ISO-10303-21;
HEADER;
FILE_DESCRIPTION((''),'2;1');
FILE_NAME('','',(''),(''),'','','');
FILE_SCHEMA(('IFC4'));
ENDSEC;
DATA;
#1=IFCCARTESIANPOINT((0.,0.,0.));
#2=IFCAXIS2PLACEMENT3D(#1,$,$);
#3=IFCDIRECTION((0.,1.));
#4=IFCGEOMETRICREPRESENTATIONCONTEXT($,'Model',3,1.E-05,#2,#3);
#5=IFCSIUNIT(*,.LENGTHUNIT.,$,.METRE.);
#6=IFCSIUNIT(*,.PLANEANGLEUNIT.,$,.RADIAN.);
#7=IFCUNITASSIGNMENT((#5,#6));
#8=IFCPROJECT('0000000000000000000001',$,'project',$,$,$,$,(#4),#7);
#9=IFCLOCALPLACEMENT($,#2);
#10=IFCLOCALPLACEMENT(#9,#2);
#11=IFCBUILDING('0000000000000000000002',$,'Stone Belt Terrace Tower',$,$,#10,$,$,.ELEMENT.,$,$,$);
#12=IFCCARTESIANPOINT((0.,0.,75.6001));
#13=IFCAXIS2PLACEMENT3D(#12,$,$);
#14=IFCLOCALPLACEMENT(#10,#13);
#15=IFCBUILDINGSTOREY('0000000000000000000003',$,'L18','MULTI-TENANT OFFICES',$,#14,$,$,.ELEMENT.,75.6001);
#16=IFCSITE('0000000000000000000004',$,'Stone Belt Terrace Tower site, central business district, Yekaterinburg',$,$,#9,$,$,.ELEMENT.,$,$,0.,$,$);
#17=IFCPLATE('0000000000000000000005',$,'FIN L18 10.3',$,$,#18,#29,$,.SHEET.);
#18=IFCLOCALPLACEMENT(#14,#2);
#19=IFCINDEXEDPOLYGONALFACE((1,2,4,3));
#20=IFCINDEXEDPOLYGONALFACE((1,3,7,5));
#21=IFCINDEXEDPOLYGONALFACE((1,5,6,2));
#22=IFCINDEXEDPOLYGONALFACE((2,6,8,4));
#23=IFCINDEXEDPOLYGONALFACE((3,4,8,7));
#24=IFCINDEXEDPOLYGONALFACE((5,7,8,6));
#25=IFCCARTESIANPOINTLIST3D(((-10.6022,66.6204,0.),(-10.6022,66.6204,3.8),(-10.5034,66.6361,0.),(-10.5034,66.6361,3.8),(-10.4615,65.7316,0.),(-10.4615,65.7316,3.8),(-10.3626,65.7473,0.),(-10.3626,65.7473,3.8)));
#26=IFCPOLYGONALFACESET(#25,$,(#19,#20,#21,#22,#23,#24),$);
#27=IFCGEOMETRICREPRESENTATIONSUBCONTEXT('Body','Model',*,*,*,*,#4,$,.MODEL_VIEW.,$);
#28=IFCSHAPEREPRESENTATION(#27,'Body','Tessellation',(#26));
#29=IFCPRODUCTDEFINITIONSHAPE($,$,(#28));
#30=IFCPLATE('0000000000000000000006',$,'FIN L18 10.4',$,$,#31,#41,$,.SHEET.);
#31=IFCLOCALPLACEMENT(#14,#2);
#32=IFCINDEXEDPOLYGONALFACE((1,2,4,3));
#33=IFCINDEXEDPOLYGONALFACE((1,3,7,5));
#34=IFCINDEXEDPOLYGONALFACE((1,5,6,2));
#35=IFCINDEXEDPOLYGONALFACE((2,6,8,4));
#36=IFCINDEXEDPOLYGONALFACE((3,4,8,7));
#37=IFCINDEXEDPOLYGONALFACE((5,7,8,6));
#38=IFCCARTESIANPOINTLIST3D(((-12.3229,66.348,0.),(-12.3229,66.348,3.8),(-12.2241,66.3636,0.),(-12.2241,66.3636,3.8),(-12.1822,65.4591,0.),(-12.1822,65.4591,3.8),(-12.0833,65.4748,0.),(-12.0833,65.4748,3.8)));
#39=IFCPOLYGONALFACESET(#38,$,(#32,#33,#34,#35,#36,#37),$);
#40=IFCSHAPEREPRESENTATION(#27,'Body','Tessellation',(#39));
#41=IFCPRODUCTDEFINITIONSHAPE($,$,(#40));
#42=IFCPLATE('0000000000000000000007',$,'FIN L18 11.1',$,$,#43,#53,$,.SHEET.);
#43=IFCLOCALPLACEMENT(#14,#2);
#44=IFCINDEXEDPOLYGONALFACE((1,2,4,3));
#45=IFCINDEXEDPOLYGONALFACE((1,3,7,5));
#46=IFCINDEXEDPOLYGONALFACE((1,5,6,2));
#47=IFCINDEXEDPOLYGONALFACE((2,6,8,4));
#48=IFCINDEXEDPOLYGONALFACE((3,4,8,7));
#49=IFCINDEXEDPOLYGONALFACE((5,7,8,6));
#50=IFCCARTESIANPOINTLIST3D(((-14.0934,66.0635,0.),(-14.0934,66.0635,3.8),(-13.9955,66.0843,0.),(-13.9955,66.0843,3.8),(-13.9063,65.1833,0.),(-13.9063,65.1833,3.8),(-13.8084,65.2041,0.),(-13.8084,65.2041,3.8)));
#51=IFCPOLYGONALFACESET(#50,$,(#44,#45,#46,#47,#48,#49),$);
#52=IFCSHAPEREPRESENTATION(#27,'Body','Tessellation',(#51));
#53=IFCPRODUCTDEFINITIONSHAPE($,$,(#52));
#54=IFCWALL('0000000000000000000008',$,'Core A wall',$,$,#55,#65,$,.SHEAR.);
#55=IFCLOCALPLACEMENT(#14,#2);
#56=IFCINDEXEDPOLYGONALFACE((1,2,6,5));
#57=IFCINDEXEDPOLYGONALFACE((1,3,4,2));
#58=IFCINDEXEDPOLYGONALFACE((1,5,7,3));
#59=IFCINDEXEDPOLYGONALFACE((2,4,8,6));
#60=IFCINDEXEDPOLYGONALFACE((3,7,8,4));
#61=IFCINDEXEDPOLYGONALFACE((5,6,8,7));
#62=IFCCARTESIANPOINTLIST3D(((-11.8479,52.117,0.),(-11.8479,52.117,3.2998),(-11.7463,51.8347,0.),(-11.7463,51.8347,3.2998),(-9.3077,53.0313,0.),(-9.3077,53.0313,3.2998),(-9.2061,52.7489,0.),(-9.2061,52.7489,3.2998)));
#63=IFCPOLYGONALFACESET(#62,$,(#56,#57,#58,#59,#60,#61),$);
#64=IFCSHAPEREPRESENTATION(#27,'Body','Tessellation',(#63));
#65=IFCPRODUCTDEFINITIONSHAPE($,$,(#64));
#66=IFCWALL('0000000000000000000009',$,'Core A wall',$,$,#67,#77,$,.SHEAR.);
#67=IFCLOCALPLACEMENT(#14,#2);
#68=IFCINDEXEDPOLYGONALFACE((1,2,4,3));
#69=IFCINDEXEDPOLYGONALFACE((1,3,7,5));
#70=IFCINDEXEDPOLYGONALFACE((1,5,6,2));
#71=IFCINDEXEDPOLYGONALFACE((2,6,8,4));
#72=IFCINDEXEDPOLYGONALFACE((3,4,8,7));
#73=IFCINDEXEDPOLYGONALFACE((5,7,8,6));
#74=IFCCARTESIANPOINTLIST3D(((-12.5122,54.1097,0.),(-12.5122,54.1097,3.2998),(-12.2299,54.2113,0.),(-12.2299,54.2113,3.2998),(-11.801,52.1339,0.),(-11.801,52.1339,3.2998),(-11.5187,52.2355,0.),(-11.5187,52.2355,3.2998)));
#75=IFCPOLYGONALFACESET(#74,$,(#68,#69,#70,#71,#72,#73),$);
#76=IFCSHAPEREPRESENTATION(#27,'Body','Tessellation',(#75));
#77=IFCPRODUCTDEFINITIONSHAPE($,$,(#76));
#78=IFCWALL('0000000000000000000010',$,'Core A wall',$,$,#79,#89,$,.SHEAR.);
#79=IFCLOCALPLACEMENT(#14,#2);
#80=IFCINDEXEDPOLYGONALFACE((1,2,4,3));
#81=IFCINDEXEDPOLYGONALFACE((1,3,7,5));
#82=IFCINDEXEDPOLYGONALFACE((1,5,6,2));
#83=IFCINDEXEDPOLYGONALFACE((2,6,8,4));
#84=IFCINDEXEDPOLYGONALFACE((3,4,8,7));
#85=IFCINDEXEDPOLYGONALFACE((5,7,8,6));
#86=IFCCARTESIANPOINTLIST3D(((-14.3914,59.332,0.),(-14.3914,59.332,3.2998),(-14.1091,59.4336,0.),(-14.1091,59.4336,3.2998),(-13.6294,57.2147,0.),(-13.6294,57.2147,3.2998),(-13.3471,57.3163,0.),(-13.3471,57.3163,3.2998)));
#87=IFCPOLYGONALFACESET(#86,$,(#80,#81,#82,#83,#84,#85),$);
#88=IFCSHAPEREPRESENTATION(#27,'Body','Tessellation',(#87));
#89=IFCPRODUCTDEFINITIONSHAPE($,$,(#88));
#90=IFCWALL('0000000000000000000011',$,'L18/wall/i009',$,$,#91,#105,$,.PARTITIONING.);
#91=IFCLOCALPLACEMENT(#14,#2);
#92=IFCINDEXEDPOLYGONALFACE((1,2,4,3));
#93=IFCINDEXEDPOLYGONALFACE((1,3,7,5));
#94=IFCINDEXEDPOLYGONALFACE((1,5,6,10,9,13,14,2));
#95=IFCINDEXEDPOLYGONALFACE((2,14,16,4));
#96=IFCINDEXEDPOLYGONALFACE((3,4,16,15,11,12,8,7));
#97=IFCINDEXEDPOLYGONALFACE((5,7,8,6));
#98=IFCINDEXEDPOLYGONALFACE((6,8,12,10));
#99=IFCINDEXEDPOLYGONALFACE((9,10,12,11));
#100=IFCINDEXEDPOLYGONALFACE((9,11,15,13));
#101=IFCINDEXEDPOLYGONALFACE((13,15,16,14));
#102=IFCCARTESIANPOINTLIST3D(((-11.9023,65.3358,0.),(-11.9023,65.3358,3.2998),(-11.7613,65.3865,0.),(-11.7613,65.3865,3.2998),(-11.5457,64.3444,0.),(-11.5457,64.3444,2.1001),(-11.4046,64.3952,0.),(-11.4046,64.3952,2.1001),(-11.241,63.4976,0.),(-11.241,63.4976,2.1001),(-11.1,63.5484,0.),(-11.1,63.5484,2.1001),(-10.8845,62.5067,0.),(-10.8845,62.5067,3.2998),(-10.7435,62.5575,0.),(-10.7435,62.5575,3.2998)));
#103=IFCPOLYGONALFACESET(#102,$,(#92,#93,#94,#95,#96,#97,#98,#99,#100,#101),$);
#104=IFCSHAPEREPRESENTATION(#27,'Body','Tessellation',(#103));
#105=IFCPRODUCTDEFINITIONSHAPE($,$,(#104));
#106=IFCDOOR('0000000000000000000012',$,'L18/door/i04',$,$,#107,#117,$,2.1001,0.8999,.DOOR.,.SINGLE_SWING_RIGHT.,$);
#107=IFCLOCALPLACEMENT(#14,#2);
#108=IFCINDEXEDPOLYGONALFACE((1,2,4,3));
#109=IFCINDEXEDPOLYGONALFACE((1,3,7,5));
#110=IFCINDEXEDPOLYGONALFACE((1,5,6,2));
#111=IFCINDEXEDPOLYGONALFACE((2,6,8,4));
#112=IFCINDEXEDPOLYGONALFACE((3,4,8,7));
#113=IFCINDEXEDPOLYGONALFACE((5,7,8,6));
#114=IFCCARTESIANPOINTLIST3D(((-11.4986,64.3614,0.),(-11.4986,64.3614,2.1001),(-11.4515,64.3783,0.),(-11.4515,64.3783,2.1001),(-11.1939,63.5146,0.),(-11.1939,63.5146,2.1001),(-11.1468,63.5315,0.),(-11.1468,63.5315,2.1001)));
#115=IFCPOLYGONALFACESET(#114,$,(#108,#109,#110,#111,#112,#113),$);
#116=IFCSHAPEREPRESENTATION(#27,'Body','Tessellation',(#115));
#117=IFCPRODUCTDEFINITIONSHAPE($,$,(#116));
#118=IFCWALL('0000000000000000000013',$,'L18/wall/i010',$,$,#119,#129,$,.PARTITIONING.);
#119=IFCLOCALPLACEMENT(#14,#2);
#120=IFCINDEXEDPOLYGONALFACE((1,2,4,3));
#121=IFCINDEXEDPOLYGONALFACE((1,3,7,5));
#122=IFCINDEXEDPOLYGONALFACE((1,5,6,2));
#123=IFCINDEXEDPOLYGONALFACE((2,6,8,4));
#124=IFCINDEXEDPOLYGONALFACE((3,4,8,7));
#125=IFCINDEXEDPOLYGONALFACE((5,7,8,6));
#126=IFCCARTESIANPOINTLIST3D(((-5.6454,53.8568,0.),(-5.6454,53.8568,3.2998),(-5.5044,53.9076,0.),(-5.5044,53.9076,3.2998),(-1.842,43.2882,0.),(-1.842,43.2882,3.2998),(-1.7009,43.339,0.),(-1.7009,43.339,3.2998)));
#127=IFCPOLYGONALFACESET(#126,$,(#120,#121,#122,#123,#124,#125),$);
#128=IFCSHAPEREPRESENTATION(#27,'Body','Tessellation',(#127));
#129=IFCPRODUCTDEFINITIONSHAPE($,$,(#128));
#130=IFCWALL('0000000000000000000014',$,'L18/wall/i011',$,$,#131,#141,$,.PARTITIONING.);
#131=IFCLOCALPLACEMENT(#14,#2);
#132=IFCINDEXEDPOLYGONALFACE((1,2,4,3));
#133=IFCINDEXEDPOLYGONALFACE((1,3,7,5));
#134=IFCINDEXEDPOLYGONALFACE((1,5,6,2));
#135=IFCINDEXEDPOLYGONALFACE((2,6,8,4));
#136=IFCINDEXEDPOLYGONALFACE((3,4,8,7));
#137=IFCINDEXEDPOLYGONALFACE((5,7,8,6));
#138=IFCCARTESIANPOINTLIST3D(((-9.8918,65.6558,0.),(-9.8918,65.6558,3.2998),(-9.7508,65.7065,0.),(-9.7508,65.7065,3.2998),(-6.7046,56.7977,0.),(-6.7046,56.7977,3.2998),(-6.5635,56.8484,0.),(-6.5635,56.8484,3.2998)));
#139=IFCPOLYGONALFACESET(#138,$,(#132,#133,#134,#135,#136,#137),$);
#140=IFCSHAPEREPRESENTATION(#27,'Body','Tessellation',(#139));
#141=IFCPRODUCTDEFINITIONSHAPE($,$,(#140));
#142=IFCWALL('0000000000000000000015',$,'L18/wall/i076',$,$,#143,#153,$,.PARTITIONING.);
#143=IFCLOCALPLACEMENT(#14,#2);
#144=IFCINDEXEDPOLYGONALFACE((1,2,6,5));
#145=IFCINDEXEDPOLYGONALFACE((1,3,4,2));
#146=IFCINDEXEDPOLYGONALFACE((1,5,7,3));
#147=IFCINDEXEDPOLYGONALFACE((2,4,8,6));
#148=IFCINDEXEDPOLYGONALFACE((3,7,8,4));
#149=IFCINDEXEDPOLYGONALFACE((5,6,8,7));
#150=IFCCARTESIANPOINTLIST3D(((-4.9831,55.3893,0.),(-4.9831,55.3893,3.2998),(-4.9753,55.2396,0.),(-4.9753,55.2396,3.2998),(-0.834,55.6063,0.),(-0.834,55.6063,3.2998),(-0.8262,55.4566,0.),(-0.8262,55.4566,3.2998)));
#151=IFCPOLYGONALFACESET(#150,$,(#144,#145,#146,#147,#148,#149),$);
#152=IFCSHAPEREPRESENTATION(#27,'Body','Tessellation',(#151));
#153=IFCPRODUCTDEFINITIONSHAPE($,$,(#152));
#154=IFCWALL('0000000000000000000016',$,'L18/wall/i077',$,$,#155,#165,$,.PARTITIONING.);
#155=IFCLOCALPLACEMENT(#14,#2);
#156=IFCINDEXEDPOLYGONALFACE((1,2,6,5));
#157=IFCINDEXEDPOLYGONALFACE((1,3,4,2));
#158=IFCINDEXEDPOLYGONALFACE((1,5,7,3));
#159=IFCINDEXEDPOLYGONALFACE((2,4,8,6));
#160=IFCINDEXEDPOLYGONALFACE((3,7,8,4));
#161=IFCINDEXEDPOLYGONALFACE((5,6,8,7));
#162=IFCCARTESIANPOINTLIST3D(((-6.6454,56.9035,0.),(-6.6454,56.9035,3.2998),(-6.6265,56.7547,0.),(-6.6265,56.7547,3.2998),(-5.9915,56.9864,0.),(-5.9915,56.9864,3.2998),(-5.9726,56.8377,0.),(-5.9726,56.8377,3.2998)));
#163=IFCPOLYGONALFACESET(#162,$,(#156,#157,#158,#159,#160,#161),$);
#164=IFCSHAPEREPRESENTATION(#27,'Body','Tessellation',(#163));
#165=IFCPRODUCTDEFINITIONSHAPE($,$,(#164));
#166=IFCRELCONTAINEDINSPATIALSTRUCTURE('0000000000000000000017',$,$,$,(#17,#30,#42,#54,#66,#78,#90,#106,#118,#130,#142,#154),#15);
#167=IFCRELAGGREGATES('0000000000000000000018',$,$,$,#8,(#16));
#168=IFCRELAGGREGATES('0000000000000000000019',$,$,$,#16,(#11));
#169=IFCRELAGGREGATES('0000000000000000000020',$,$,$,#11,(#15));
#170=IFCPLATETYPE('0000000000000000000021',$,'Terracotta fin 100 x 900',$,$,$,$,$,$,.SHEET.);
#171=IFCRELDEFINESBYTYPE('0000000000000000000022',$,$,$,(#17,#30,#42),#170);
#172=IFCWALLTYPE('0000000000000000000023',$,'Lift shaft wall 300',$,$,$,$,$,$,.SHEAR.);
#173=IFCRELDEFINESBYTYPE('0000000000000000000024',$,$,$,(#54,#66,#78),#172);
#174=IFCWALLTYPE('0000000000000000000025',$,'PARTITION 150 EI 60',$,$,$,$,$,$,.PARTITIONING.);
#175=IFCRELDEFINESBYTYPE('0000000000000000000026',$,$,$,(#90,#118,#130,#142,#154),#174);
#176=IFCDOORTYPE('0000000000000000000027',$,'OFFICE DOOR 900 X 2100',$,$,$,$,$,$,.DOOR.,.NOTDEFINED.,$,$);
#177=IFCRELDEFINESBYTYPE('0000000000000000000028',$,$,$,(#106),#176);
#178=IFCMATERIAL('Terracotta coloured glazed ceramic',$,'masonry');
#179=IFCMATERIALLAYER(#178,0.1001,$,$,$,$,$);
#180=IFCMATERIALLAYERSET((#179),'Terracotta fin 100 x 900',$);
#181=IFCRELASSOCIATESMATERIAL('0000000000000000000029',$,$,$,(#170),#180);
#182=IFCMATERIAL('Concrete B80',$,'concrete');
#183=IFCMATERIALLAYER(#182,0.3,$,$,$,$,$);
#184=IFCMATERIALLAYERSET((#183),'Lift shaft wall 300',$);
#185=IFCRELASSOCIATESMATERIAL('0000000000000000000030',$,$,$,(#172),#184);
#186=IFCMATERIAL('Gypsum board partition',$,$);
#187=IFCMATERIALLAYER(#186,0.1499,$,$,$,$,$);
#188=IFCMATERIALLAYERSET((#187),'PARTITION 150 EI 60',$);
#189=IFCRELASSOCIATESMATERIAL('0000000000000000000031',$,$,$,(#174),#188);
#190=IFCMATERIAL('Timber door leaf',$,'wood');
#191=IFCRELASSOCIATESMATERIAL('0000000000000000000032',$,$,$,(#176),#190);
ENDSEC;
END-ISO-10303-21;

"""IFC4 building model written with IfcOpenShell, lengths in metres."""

from ifc_helpers import new_model, si_unit, direction, frame, frame_2d, origin, origin_2d, place, context, subcontext, project, spatial, rectangle, extrude, material, layer, layer_set, type_object, element, fill, save


model = new_model("IFC4")

# Units and contexts
model_context = context("Model", 3, precision=1e-05, world=origin(), true_north=direction((0.0, 1.0)))
body_context = subcontext(model_context, "Body", "Model", "MODEL_VIEW")
ifc_project = project(units=[si_unit("LENGTHUNIT", "METRE"), si_unit("PLANEANGLEUNIT", "RADIAN")], contexts=[model_context])

# Site, building, storey
site_placement = place(None, origin())
site = spatial("IfcSite", under=ifc_project, at=site_placement, Name="Stone Belt Terrace Tower site, central business district, Yekaterinburg", CompositionType="ELEMENT", RefElevation=0.0)
building_placement = place(site_placement, origin())
building = spatial("IfcBuilding", under=site, at=building_placement, Name="Stone Belt Terrace Tower", CompositionType="ELEMENT")
storey_placement = place(building_placement, frame((0.0, 0.0, 75.6001)))
storey = spatial("IfcBuildingStorey", under=building, at=storey_placement, Name="L18", Description="MULTI-TENANT OFFICES", CompositionType="ELEMENT", Elevation=75.6001)

# Shared definitions
ifc_material_1 = material(Name="Concrete B80", Category="concrete")

# Plates
ifc_material_2 = material(Name="Terracotta coloured glazed ceramic", Category="masonry")
ifc_layer_1 = layer(ifc_material_2, 0.1001)
ifc_layer_set_1 = layer_set([ifc_layer_1], Name="Terracotta fin 100 x 900")
plate_type_1 = type_object("IfcPlateType", Name="Terracotta fin 100 x 900", PredefinedType="SHEET", material=ifc_layer_set_1)
for number, where, z_axis, x_axis, name in (
    (1, (-10.4824, 66.1838, 0.0), (0.0, 0.0, 1.0), (-0.156434, 0.987688, 0.0), "FIN L18 10.3"),
    (2, (-12.2031, 65.9114, 0.0), (0.0, 0.0, 1.0), (-0.156434, 0.987688, 0.0), "FIN L18 10.4"),
    (3, (-13.9509, 65.6338, 0.0), (0.0, 0.0, 1.0), (-0.207912, 0.978148, 0.0), "FIN L18 11.1"),
):
    element("IfcPlate", number, at=place(storey_placement, frame(where, z_axis=z_axis, x_axis=x_axis)), inside=storey, type_object=plate_type_1, Name=name, PredefinedType="SHEET", context=body_context, shape_type="SweptSolid", body=[
        extrude(rectangle(XDim=0.8999, YDim=0.1001, at=origin_2d()), origin(), (0.0, 0.0, 1.0), 3.8),
    ])

# Walls
ifc_layer_2 = layer(ifc_material_1, 0.3)
ifc_layer_set_2 = layer_set([ifc_layer_2], Name="Lift shaft wall 300")
wall_type_1 = type_object("IfcWallType", Name="Lift shaft wall 300", PredefinedType="SHEAR", material=ifc_layer_set_2)
wall_1_placement = place(storey_placement, frame((-11.7971, 51.9758, 0.0), z_axis=(0.0, 0.0, 1.0), x_axis=(0.94091, 0.338655, 0.0)))
element("IfcWall", 4, at=wall_1_placement, inside=storey, type_object=wall_type_1, Name="Core A wall", PredefinedType="SHEAR", context=body_context, shape_type="SweptSolid", body=[
    extrude(rectangle(XDim=2.6997, YDim=0.3, at=frame_2d((1.3499, 0.0))), origin(), (0.0, 0.0, 1.0), 3.2998),
])
wall_2_placement = place(storey_placement, frame((-11.6599, 52.1848, 0.0), z_axis=(0.0, 0.0, 1.0), x_axis=(-0.33867, 0.940905, 0.0)))
element("IfcWall", 5, at=wall_2_placement, inside=storey, type_object=wall_type_1, Name="Core A wall", PredefinedType="SHEAR", context=body_context, shape_type="SweptSolid", body=[
    extrude(rectangle(XDim=2.0999, YDim=0.3, at=frame_2d((1.0498, 0.0))), origin(), (0.0, 0.0, 1.0), 3.2998),
])
wall_3_placement = place(storey_placement, frame((-13.4883, 57.2656, 0.0), z_axis=(0.0, 0.0, 1.0), x_axis=(-0.338631, 0.940919, 0.0)))
element("IfcWall", 6, at=wall_3_placement, inside=storey, type_object=wall_type_1, Name="Core A wall", PredefinedType="SHEAR", context=body_context, shape_type="SweptSolid", body=[
    extrude(rectangle(XDim=2.2502, YDim=0.3, at=frame_2d((1.125, 0.0))), origin(), (0.0, 0.0, 1.0), 3.2998),
])

# Wall, opening, door
ifc_material_3 = material(Name="Gypsum board partition")
ifc_layer_3 = layer(ifc_material_3, 0.1499)
ifc_layer_set_3 = layer_set([ifc_layer_3], Name="PARTITION 150 EI 60")
wall_type_2 = type_object("IfcWallType", Name="PARTITION 150 EI 60", PredefinedType="PARTITIONING", material=ifc_layer_set_3)
wall_4_placement = place(storey_placement, frame((-10.814, 62.532, 0.0), z_axis=(0.0, 0.0, 1.0), x_axis=(-0.338527, 0.940957, 0.0)))
wall_4 = element("IfcWall", 7, at=wall_4_placement, inside=storey, type_object=wall_type_2, Name="L18/wall/i009", PredefinedType="PARTITIONING", context=body_context, shape_type="SweptSolid", body=[
    extrude(rectangle(XDim=3.0066, YDim=0.1499, at=frame_2d((1.5034, 0.0))), origin(), (0.0, 0.0, 1.0), 3.2998),
])
opening_1_placement = place(wall_4_placement, frame((1.0532, 0.0, 0.0)))
opening_1 = element("IfcOpeningElement", 8, at=opening_1_placement, cuts=wall_4, PredefinedType="OPENING", context=body_context, shape_type="SweptSolid", body=[
    extrude(rectangle(XDim=0.8999, YDim=2.1001, at=frame_2d((0.45, 1.05))), frame((0.0, 0.085, 0.0), z_axis=(0.0, -1.0, 0.0), x_axis=(1.0, 0.0, 0.0)), (0.0, 0.0, 1.0), 0.1699),
])
ifc_material_4 = material(Name="Timber door leaf", Category="wood")
door_type_1 = type_object("IfcDoorType", Name="OFFICE DOOR 900 X 2100", OperationType="NOTDEFINED", PredefinedType="DOOR", material=ifc_material_4)
door_1_placement = place(opening_1_placement, origin())
door_1 = element("IfcDoor", 9, at=door_1_placement, inside=storey, type_object=door_type_1, Name="L18/door/i04", OperationType="SINGLE_SWING_RIGHT", OverallHeight=2.1001, OverallWidth=0.8999, PredefinedType="DOOR", context=body_context, shape_type="SweptSolid", body=[
    extrude(rectangle(XDim=0.8999, YDim=2.1001, at=frame_2d((0.45, 1.05))), frame((0.0, 0.0249, 0.0), z_axis=(0.0, -1.0, 0.0), x_axis=(1.0, 0.0, 0.0)), (0.0, 0.0, 1.0), 0.05),
])
fill(opening_1, door_1)

# Walls
wall_5_placement = place(storey_placement, frame((-5.575, 53.8823, 0.0), z_axis=(0.0, 0.0, 1.0), x_axis=(0.338622, -0.940922, 0.0)))
element("IfcWall", 10, at=wall_5_placement, inside=storey, type_object=wall_type_2, Name="L18/wall/i010", PredefinedType="PARTITIONING", context=body_context, shape_type="SweptSolid", body=[
    extrude(rectangle(XDim=11.2322, YDim=0.1499, at=frame_2d((5.6162, 0.0))), origin(), (0.0, 0.0, 1.0), 3.2998),
])
wall_6_placement = place(storey_placement, frame((-9.8213, 65.6812, 0.0), z_axis=(0.0, 0.0, 1.0), x_axis=(0.338562, -0.940944, 0.0)))
element("IfcWall", 11, at=wall_6_placement, inside=storey, type_object=wall_type_2, Name="L18/wall/i011", PredefinedType="PARTITIONING", context=body_context, shape_type="SweptSolid", body=[
    extrude(rectangle(XDim=9.4141, YDim=0.1499, at=frame_2d((4.707, 0.0))), origin(), (0.0, 0.0, 1.0), 3.2998),
])
wall_7_placement = place(storey_placement, frame((-0.8301, 55.5315, 0.0), z_axis=(0.0, 0.0, 1.0), x_axis=(-0.998635, -0.052238, 0.0)))
element("IfcWall", 12, at=wall_7_placement, inside=storey, type_object=wall_type_2, Name="L18/wall/i076", PredefinedType="PARTITIONING", context=body_context, shape_type="SweptSolid", body=[
    extrude(rectangle(XDim=4.1548, YDim=0.1499, at=frame_2d((2.0774, 0.0))), origin(), (0.0, 0.0, 1.0), 3.2998),
])
wall_8_placement = place(storey_placement, frame((-6.636, 56.8291, 0.0), z_axis=(0.0, 0.0, 1.0), x_axis=(0.992043, 0.125903, 0.0)))
element("IfcWall", 13, at=wall_8_placement, inside=storey, type_object=wall_type_2, Name="L18/wall/i077", PredefinedType="PARTITIONING", context=body_context, shape_type="SweptSolid", body=[
    extrude(rectangle(XDim=0.6592, YDim=0.1499, at=frame_2d((0.3296, 0.0))), origin(), (0.0, 0.0, 1.0), 3.2998),
])

save(model, "model.ifc")
